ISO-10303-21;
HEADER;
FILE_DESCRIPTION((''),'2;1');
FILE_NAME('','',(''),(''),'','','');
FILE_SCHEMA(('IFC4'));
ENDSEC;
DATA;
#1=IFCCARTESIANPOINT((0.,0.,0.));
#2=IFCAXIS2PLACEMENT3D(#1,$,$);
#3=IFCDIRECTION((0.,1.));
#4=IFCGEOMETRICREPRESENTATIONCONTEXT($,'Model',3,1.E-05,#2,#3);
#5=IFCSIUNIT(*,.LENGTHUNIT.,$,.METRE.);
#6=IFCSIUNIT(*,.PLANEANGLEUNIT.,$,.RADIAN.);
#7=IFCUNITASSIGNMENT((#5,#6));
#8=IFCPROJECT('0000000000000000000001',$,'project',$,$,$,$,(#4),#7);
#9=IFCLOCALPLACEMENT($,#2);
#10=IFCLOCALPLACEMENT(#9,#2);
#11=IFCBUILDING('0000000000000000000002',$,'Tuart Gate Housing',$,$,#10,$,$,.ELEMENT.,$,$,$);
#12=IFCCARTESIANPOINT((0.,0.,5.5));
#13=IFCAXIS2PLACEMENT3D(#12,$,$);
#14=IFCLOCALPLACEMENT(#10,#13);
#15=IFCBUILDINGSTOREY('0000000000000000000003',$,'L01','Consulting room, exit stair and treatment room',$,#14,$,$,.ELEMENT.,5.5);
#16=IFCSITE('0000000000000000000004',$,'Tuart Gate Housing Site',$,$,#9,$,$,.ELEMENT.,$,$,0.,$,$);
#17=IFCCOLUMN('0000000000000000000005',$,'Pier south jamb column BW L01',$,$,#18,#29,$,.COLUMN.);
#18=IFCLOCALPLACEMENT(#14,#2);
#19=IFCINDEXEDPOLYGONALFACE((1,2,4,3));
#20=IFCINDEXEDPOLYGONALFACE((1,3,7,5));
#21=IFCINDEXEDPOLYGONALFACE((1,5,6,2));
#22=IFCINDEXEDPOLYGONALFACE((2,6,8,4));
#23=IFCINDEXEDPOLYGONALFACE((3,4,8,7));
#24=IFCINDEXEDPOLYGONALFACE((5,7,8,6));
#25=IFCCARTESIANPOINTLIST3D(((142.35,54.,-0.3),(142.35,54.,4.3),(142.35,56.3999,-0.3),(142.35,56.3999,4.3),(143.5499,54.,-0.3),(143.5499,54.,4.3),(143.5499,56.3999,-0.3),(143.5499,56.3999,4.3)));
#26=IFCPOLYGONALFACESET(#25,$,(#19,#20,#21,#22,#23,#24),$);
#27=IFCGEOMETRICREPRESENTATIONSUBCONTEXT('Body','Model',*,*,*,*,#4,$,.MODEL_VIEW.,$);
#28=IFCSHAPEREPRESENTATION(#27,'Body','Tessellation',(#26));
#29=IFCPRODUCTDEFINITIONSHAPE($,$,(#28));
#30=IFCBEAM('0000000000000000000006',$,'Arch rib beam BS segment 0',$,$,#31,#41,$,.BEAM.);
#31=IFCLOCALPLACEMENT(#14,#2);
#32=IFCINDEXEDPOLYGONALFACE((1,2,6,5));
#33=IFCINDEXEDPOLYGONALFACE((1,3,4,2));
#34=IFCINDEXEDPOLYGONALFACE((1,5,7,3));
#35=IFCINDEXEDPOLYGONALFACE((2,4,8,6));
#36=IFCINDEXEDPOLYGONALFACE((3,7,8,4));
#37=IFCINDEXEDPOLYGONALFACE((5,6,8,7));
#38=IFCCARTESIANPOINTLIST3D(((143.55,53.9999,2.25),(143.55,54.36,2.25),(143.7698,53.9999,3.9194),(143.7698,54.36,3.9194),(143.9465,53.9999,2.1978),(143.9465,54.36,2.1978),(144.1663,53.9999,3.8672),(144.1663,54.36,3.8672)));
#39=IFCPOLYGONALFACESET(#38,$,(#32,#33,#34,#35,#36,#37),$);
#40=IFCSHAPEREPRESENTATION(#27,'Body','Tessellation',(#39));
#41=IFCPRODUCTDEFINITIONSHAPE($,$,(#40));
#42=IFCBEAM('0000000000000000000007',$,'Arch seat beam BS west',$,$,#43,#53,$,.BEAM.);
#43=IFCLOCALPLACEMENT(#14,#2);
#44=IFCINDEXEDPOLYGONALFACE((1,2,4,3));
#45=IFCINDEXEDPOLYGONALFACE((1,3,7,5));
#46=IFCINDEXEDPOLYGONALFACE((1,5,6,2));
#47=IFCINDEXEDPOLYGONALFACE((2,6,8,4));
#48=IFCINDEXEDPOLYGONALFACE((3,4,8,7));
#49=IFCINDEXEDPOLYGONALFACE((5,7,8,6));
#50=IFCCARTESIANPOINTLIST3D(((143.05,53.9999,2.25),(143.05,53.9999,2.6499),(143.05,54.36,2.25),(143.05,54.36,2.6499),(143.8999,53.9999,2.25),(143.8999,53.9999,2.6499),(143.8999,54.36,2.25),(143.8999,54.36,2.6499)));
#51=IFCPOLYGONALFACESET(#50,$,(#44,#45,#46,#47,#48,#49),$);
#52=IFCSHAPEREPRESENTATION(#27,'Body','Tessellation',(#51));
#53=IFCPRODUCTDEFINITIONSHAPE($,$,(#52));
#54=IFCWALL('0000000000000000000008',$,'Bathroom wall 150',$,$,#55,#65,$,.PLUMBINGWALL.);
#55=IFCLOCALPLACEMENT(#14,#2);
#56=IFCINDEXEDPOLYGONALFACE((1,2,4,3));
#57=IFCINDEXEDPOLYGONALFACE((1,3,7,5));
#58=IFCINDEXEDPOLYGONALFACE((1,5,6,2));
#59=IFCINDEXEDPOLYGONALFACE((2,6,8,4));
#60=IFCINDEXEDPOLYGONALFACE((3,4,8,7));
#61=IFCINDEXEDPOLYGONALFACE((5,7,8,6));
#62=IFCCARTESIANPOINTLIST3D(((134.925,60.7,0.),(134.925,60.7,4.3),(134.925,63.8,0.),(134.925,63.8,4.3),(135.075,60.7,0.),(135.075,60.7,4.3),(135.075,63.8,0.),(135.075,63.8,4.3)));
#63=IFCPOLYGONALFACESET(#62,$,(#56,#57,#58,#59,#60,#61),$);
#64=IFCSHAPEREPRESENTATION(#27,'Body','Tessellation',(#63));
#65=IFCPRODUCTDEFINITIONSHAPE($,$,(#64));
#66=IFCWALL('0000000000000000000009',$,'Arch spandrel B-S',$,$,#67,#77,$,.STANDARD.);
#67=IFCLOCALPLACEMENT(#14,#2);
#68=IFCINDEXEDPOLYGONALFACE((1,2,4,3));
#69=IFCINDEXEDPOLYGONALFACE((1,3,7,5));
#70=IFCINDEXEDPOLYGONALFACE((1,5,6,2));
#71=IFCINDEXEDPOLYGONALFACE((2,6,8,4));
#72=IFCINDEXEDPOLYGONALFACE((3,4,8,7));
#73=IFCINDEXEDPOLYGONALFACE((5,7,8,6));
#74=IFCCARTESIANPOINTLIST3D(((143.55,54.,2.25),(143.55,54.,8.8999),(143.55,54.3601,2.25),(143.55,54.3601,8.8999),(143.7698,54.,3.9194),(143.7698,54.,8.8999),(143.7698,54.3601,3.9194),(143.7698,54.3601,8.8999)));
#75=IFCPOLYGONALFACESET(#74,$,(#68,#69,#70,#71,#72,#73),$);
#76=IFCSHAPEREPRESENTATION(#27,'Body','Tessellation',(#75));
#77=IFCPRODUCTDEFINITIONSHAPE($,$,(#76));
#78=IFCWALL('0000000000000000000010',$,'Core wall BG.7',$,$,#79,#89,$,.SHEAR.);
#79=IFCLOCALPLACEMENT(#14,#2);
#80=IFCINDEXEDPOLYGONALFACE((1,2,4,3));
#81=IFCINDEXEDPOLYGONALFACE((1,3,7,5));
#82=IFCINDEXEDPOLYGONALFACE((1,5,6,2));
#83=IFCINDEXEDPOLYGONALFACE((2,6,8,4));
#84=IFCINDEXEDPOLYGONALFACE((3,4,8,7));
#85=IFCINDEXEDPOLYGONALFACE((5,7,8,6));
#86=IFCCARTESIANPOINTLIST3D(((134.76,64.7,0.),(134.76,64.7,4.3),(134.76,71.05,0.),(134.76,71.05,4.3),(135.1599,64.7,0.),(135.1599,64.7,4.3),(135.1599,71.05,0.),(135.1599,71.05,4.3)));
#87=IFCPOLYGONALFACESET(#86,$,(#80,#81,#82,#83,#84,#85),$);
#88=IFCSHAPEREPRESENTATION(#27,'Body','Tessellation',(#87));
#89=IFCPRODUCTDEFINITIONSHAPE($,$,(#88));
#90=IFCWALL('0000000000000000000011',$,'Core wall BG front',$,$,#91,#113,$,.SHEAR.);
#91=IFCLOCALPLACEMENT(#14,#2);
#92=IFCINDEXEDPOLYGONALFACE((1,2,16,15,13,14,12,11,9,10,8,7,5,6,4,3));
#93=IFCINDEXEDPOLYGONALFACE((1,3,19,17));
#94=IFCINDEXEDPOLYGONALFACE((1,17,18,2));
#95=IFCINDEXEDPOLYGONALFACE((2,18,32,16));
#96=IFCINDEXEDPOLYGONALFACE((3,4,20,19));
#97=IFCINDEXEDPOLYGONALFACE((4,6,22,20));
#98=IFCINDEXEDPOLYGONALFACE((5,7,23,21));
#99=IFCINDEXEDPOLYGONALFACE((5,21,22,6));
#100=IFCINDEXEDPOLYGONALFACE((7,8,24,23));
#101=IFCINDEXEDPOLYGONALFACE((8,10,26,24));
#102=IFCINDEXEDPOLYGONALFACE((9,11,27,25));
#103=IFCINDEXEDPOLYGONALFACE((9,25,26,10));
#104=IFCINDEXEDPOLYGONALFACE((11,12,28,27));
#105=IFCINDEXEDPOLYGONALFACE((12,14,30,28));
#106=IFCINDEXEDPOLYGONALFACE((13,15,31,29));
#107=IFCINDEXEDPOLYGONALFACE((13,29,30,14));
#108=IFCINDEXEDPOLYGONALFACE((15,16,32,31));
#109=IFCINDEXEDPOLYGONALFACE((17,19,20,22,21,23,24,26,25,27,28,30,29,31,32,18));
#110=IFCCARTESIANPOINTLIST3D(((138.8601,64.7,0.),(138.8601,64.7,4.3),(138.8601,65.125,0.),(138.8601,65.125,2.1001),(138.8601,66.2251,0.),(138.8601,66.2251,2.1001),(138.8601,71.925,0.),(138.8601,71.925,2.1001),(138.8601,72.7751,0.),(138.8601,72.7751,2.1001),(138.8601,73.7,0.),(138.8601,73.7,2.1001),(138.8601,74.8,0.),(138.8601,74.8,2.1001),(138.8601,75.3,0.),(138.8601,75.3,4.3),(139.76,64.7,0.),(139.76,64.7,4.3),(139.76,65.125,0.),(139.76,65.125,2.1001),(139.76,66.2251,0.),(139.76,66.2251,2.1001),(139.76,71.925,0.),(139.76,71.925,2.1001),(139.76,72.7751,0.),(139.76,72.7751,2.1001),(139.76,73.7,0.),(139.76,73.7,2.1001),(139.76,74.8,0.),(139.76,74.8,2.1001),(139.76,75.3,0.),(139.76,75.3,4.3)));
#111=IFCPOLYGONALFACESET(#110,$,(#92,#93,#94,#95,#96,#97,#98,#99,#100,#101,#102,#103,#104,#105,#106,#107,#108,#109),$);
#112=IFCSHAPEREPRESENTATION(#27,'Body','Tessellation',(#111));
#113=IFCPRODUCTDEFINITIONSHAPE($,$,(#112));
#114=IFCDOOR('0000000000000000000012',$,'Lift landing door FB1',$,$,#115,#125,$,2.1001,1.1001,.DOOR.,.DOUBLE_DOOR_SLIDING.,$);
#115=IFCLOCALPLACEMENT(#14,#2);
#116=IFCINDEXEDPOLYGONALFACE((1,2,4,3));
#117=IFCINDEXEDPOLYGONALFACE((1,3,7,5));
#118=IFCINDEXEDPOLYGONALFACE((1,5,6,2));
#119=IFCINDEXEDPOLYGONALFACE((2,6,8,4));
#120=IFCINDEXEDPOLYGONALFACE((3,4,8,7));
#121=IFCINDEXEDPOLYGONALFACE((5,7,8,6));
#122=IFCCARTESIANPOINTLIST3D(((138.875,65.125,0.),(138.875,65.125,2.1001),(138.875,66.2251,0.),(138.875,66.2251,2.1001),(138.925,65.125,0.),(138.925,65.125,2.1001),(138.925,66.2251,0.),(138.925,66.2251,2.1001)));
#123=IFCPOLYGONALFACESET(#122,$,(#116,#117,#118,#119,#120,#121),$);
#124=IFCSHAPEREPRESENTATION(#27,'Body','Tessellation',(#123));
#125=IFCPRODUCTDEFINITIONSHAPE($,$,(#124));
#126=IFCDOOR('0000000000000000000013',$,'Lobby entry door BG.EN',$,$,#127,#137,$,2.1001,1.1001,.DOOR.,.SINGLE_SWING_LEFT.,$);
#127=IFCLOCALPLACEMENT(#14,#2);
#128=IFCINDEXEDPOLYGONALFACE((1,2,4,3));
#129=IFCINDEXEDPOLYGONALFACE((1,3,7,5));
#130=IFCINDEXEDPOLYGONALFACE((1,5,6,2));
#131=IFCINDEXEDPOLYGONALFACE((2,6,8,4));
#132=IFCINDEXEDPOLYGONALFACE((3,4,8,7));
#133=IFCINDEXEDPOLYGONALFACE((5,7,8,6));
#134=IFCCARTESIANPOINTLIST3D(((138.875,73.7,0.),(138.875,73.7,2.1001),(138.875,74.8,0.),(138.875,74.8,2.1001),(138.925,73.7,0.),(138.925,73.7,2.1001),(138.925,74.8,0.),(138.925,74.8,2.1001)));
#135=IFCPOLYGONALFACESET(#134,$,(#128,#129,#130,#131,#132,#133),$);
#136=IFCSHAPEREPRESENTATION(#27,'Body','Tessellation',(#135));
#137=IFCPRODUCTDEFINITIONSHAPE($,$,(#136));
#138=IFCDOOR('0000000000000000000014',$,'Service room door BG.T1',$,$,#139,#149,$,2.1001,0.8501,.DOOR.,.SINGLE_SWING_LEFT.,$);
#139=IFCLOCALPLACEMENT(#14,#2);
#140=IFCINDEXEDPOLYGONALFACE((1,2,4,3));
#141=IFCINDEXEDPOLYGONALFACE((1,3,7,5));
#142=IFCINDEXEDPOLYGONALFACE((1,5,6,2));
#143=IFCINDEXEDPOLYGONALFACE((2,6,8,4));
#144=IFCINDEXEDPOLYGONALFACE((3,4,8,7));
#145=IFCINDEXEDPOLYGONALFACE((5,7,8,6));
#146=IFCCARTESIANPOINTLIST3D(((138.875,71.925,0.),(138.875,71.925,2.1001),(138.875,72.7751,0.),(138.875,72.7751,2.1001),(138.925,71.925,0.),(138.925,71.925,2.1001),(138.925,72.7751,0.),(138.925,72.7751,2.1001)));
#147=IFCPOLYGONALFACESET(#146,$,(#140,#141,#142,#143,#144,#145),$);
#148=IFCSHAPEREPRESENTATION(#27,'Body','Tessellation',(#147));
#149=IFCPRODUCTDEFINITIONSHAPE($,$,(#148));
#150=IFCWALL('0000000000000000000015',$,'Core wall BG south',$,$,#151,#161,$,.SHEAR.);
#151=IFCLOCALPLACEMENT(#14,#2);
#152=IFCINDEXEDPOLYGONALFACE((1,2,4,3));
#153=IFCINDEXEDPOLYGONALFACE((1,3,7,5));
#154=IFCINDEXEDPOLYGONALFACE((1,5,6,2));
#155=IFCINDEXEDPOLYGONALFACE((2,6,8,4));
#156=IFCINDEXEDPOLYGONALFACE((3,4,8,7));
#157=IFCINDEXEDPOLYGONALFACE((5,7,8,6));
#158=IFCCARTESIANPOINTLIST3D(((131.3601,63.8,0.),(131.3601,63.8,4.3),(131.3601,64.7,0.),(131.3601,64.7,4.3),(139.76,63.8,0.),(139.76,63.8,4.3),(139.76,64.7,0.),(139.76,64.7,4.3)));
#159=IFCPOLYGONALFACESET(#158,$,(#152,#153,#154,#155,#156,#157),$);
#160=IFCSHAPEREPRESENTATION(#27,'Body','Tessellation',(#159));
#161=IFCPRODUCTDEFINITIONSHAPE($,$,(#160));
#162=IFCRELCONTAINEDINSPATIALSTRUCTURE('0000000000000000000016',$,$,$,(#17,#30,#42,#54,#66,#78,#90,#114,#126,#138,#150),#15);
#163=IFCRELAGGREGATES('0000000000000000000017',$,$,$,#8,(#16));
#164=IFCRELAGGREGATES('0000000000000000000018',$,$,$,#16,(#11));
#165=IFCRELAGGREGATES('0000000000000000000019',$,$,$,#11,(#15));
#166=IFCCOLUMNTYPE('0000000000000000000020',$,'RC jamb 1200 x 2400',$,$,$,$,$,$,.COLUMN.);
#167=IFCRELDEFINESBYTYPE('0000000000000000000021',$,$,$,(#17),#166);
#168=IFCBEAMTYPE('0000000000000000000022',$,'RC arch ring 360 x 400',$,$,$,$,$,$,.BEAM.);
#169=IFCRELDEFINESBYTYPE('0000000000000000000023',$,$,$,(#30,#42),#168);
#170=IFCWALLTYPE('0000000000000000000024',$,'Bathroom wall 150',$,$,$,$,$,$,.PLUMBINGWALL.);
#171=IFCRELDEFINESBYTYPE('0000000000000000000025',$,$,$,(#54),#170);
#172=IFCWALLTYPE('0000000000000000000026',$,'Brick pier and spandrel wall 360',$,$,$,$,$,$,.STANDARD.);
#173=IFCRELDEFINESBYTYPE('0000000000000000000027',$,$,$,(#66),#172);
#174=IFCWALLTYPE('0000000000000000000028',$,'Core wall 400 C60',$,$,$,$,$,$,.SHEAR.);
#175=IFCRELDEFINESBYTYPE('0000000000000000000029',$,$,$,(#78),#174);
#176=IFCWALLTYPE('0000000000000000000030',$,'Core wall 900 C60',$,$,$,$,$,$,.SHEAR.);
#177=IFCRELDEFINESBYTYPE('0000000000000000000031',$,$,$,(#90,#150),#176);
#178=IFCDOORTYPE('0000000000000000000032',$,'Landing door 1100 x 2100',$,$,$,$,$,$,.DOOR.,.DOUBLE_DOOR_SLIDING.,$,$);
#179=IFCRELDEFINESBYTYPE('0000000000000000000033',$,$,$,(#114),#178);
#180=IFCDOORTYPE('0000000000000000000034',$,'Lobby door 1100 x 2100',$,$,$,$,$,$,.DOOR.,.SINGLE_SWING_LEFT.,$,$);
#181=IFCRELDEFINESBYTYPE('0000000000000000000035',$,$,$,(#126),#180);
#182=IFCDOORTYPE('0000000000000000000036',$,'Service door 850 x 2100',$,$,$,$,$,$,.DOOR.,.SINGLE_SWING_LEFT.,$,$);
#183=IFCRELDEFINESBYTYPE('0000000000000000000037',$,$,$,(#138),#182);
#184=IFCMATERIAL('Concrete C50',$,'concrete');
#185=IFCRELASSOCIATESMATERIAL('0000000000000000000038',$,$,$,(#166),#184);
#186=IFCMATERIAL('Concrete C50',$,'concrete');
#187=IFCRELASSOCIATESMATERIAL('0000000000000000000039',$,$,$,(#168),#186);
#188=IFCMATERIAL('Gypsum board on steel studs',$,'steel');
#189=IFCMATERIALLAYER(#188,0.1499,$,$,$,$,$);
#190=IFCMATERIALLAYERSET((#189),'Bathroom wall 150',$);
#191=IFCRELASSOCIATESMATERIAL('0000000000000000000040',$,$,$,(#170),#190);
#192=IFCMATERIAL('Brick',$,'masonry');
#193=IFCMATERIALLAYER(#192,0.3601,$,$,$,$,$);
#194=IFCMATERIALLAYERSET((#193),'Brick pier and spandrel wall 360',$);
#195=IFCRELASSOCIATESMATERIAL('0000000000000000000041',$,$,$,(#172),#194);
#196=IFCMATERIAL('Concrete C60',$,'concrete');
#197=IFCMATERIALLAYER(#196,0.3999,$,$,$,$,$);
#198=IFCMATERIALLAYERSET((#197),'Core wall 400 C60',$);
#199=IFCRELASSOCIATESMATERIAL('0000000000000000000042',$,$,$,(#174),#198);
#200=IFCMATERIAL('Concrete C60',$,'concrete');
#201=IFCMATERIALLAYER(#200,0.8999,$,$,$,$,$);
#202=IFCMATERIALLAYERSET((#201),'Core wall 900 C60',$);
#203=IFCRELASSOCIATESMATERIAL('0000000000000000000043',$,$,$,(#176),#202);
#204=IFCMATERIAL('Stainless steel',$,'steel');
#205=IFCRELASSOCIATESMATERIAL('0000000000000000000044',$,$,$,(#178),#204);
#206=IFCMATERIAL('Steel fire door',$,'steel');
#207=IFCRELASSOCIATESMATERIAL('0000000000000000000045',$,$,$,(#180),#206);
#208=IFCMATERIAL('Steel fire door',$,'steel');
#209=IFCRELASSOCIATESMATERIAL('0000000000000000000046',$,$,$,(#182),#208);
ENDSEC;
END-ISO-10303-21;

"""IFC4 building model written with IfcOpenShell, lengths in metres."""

from ifc_helpers import new_model, si_unit, direction, frame, frame_2d, origin, origin_2d, place, context, subcontext, project, spatial, polyline, rectangle, outline, extrude, material, layer, layer_set, material_profile, profile_set, type_object, element, fill, save


model = new_model("IFC4")

# Units and contexts
model_context = context("Model", 3, precision=1e-05, world=origin(), true_north=direction((0.0, 1.0)))
body_context = subcontext(model_context, "Body", "Model", "MODEL_VIEW")
ifc_project = project(units=[si_unit("LENGTHUNIT", "METRE"), si_unit("PLANEANGLEUNIT", "RADIAN")], contexts=[model_context])

# Site, building, storey
site_placement = place(None, origin())
site = spatial("IfcSite", under=ifc_project, at=site_placement, Name="Tuart Gate Housing Site", CompositionType="ELEMENT", RefElevation=0.0)
building_placement = place(site_placement, origin())
building = spatial("IfcBuilding", under=site, at=building_placement, Name="Tuart Gate Housing", CompositionType="ELEMENT")
storey_placement = place(building_placement, frame((0.0, 0.0, 5.5)))
storey = spatial("IfcBuildingStorey", under=building, at=storey_placement, Name="L01", Description="Consulting room, exit stair and treatment room", CompositionType="ELEMENT", Elevation=5.5)

# Column
ifc_material_1 = material(Name="Concrete C50", Category="concrete")
ifc_material_profile_1 = material_profile(ifc_material_1, rectangle(XDim=1.2, YDim=2.3999, at=origin_2d()), Name="RC jamb 1200 x 2400")
ifc_profile_set_1 = profile_set([ifc_material_profile_1], Name="Concrete C50")
column_type = type_object("IfcColumnType", Name="RC jamb 1200 x 2400", PredefinedType="COLUMN", material=ifc_profile_set_1)
column_placement = place(storey_placement, frame((142.95, 55.2, -0.3), z_axis=(0.0, 0.0, 1.0), x_axis=(1.0, 0.0, 0.0)))
element("IfcColumn", 1, at=column_placement, inside=storey, type_object=column_type, Name="Pier south jamb column BW L01", PredefinedType="COLUMN", context=body_context, shape_type="SweptSolid", body=[
    extrude(rectangle(XDim=1.2, YDim=2.3999, at=origin_2d()), origin(), (0.0, 0.0, 1.0), 4.6001),
])

# Beams
ifc_material_2 = material(Name="Concrete C50", Category="concrete")
ifc_material_profile_2 = material_profile(ifc_material_2, rectangle(XDim=0.3601, YDim=0.3999, at=origin_2d()), Name="RC arch ring 360 x 400")
ifc_profile_set_2 = profile_set([ifc_material_profile_2], Name="Concrete C50")
beam_type = type_object("IfcBeamType", Name="RC arch ring 360 x 400", PredefinedType="BEAM", material=ifc_profile_set_2)
beam_1_placement = place(storey_placement, frame((143.7483, 54.1799, 2.2239), z_axis=(0.130492, 0.0, 0.991449), x_axis=(0.0, 1.0, 0.0)))
element("IfcBeam", 2, at=beam_1_placement, inside=storey, type_object=beam_type, Name="Arch rib beam BS segment 0", PredefinedType="BEAM", context=body_context, shape_type="SweptSolid", body=[
    extrude(rectangle(XDim=0.3601, YDim=0.3999, at=origin_2d()), origin(), (0.0, 0.0, 1.0), 1.6838),
])
beam_2_placement = place(storey_placement, frame((143.05, 54.1799, 2.45), z_axis=(1.0, 0.0, 0.0), x_axis=(0.0, 1.0, 0.0)))
element("IfcBeam", 3, at=beam_2_placement, inside=storey, type_object=beam_type, Name="Arch seat beam BS west", PredefinedType="BEAM", context=body_context, shape_type="SweptSolid", body=[
    extrude(rectangle(XDim=0.3601, YDim=0.3999, at=origin_2d()), origin(), (0.0, 0.0, 1.0), 0.8499),
])

# Walls
ifc_material_3 = material(Name="Gypsum board on steel studs", Category="steel")
ifc_layer_1 = layer(ifc_material_3, 0.1499)
ifc_layer_set_1 = layer_set([ifc_layer_1], Name="Bathroom wall 150")
wall_type_1 = type_object("IfcWallType", Name="Bathroom wall 150", PredefinedType="PLUMBINGWALL", material=ifc_layer_set_1)
wall_1_placement = place(storey_placement, frame((135.0, 60.7, 0.0), z_axis=(0.0, 0.0, 1.0), x_axis=(0.0, 1.0, 0.0)))
element("IfcWall", 4, at=wall_1_placement, inside=storey, type_object=wall_type_1, Name="Bathroom wall 150", PredefinedType="PLUMBINGWALL", context=body_context, shape_type="SweptSolid", body=[
    extrude(rectangle(XDim=3.1001, YDim=0.1499, at=frame_2d((1.55, 0.0))), origin(), (0.0, 0.0, 1.0), 4.3),
])
ifc_material_4 = material(Name="Brick", Category="masonry")
ifc_layer_2 = layer(ifc_material_4, 0.3601)
ifc_layer_set_2 = layer_set([ifc_layer_2], Name="Brick pier and spandrel wall 360")
wall_type_2 = type_object("IfcWallType", Name="Brick pier and spandrel wall 360", PredefinedType="STANDARD", material=ifc_layer_set_2)
wall_2_placement = place(storey_placement, frame((143.55, 54.1799, 2.25), z_axis=(0.0, 0.0, 1.0), x_axis=(1.0, 0.0, 0.0)))
element("IfcWall", 5, at=wall_2_placement, inside=storey, type_object=wall_type_2, Name="Arch spandrel B-S", PredefinedType="STANDARD", context=body_context, shape_type="SweptSolid", body=[
    extrude(outline(polyline([(0.0, 0.0), (0.2197, 1.6694), (0.2197, 6.6499), (0.0, 6.6499), (0.0, 0.0)])), frame((0.0, 0.1802, 0.0), z_axis=(0.0, -1.0, 0.0), x_axis=(1.0, 0.0, 0.0)), (0.0, 0.0, 1.0), 0.3601),
])
ifc_material_5 = material(Name="Concrete C60", Category="concrete")
ifc_layer_3 = layer(ifc_material_5, 0.3999)
ifc_layer_set_3 = layer_set([ifc_layer_3], Name="Core wall 400 C60")
wall_type_3 = type_object("IfcWallType", Name="Core wall 400 C60", PredefinedType="SHEAR", material=ifc_layer_set_3)
wall_3_placement = place(storey_placement, frame((134.96, 64.7, 0.0), z_axis=(0.0, 0.0, 1.0), x_axis=(0.0, 1.0, 0.0)))
element("IfcWall", 6, at=wall_3_placement, inside=storey, type_object=wall_type_3, Name="Core wall BG.7", PredefinedType="SHEAR", context=body_context, shape_type="SweptSolid", body=[
    extrude(rectangle(XDim=6.3501, YDim=0.3999, at=frame_2d((3.175, 0.0))), origin(), (0.0, 0.0, 1.0), 4.3),
])

# Wall, openings, doors
ifc_material_6 = material(Name="Concrete C60", Category="concrete")
ifc_layer_4 = layer(ifc_material_6, 0.8999)
ifc_layer_set_4 = layer_set([ifc_layer_4], Name="Core wall 900 C60")
wall_type_4 = type_object("IfcWallType", Name="Core wall 900 C60", PredefinedType="SHEAR", material=ifc_layer_set_4)
wall_4_placement = place(storey_placement, frame((139.3101, 64.7, 0.0), z_axis=(0.0, 0.0, 1.0), x_axis=(0.0, 1.0, 0.0)))
wall_4 = element("IfcWall", 7, at=wall_4_placement, inside=storey, type_object=wall_type_4, Name="Core wall BG front", PredefinedType="SHEAR", context=body_context, shape_type="SweptSolid", body=[
    extrude(rectangle(XDim=10.6001, YDim=0.8999, at=frame_2d((5.3, 0.0))), origin(), (0.0, 0.0, 1.0), 4.3),
])
opening_1_placement = place(wall_4_placement, frame((0.425, 0.0, 0.0)))
opening_1 = element("IfcOpeningElement", 8, at=opening_1_placement, cuts=wall_4, PredefinedType="OPENING", context=body_context, shape_type="SweptSolid", body=[
    extrude(rectangle(XDim=1.1001, YDim=2.1001, at=frame_2d((0.55, 1.05))), frame((0.0, 0.46, 0.0), z_axis=(0.0, -1.0, 0.0), x_axis=(1.0, 0.0, 0.0)), (0.0, 0.0, 1.0), 0.9199),
])
opening_2_placement = place(wall_4_placement, frame((9.0, 0.0, 0.0)))
opening_2 = element("IfcOpeningElement", 9, at=opening_2_placement, cuts=wall_4, PredefinedType="OPENING", context=body_context, shape_type="SweptSolid", body=[
    extrude(rectangle(XDim=1.1001, YDim=2.1001, at=frame_2d((0.55, 1.05))), frame((0.0, 0.46, 0.0), z_axis=(0.0, -1.0, 0.0), x_axis=(1.0, 0.0, 0.0)), (0.0, 0.0, 1.0), 0.9199),
])
opening_3_placement = place(wall_4_placement, frame((7.2251, 0.0, 0.0)))
opening_3 = element("IfcOpeningElement", 10, at=opening_3_placement, cuts=wall_4, PredefinedType="OPENING", context=body_context, shape_type="SweptSolid", body=[
    extrude(rectangle(XDim=0.8501, YDim=2.1001, at=frame_2d((0.425, 1.05))), frame((0.0, 0.46, 0.0), z_axis=(0.0, -1.0, 0.0), x_axis=(1.0, 0.0, 0.0)), (0.0, 0.0, 1.0), 0.9199),
])
ifc_material_7 = material(Name="Stainless steel", Category="steel")
door_type_1 = type_object("IfcDoorType", Name="Landing door 1100 x 2100", OperationType="DOUBLE_DOOR_SLIDING", PredefinedType="DOOR", material=ifc_material_7)
door_1_placement = place(opening_1_placement, origin())
door_1 = element("IfcDoor", 11, at=door_1_placement, inside=storey, type_object=door_type_1, Name="Lift landing door FB1", OperationType="DOUBLE_DOOR_SLIDING", OverallHeight=2.1001, OverallWidth=1.1001, PredefinedType="DOOR", context=body_context, shape_type="SweptSolid", body=[
    extrude(rectangle(XDim=1.1001, YDim=2.1001, at=frame_2d((0.55, 1.05))), frame((0.0, 0.4351, 0.0), z_axis=(0.0, -1.0, 0.0), x_axis=(1.0, 0.0, 0.0)), (0.0, 0.0, 1.0), 0.05),
])
fill(opening_1, door_1)
ifc_material_8 = material(Name="Steel fire door", Category="steel")
door_type_2 = type_object("IfcDoorType", Name="Lobby door 1100 x 2100", OperationType="SINGLE_SWING_LEFT", PredefinedType="DOOR", material=ifc_material_8)
door_2_placement = place(opening_2_placement, origin())
door_2 = element("IfcDoor", 12, at=door_2_placement, inside=storey, type_object=door_type_2, Name="Lobby entry door BG.EN", OperationType="SINGLE_SWING_LEFT", OverallHeight=2.1001, OverallWidth=1.1001, PredefinedType="DOOR", context=body_context, shape_type="SweptSolid", body=[
    extrude(rectangle(XDim=1.1001, YDim=2.1001, at=frame_2d((0.55, 1.05))), frame((0.0, 0.4351, 0.0), z_axis=(0.0, -1.0, 0.0), x_axis=(1.0, 0.0, 0.0)), (0.0, 0.0, 1.0), 0.05),
])
fill(opening_2, door_2)
ifc_material_9 = material(Name="Steel fire door", Category="steel")
door_type_3 = type_object("IfcDoorType", Name="Service door 850 x 2100", OperationType="SINGLE_SWING_LEFT", PredefinedType="DOOR", material=ifc_material_9)
door_3_placement = place(opening_3_placement, origin())
door_3 = element("IfcDoor", 13, at=door_3_placement, inside=storey, type_object=door_type_3, Name="Service room door BG.T1", OperationType="SINGLE_SWING_LEFT", OverallHeight=2.1001, OverallWidth=0.8501, PredefinedType="DOOR", context=body_context, shape_type="SweptSolid", body=[
    extrude(rectangle(XDim=0.8501, YDim=2.1001, at=frame_2d((0.425, 1.05))), frame((0.0, 0.4351, 0.0), z_axis=(0.0, -1.0, 0.0), x_axis=(1.0, 0.0, 0.0)), (0.0, 0.0, 1.0), 0.05),
])
fill(opening_3, door_3)

# Wall
wall_5_placement = place(storey_placement, frame((139.76, 64.25, 0.0), z_axis=(0.0, 0.0, 1.0), x_axis=(-1.0, 0.0, 0.0)))
element("IfcWall", 14, at=wall_5_placement, inside=storey, type_object=wall_type_4, Name="Core wall BG south", PredefinedType="SHEAR", context=body_context, shape_type="SweptSolid", body=[
    extrude(rectangle(XDim=8.3999, YDim=0.8999, at=frame_2d((4.2, 0.0))), origin(), (0.0, 0.0, 1.0), 4.3),
])

save(model, "model.ifc")
